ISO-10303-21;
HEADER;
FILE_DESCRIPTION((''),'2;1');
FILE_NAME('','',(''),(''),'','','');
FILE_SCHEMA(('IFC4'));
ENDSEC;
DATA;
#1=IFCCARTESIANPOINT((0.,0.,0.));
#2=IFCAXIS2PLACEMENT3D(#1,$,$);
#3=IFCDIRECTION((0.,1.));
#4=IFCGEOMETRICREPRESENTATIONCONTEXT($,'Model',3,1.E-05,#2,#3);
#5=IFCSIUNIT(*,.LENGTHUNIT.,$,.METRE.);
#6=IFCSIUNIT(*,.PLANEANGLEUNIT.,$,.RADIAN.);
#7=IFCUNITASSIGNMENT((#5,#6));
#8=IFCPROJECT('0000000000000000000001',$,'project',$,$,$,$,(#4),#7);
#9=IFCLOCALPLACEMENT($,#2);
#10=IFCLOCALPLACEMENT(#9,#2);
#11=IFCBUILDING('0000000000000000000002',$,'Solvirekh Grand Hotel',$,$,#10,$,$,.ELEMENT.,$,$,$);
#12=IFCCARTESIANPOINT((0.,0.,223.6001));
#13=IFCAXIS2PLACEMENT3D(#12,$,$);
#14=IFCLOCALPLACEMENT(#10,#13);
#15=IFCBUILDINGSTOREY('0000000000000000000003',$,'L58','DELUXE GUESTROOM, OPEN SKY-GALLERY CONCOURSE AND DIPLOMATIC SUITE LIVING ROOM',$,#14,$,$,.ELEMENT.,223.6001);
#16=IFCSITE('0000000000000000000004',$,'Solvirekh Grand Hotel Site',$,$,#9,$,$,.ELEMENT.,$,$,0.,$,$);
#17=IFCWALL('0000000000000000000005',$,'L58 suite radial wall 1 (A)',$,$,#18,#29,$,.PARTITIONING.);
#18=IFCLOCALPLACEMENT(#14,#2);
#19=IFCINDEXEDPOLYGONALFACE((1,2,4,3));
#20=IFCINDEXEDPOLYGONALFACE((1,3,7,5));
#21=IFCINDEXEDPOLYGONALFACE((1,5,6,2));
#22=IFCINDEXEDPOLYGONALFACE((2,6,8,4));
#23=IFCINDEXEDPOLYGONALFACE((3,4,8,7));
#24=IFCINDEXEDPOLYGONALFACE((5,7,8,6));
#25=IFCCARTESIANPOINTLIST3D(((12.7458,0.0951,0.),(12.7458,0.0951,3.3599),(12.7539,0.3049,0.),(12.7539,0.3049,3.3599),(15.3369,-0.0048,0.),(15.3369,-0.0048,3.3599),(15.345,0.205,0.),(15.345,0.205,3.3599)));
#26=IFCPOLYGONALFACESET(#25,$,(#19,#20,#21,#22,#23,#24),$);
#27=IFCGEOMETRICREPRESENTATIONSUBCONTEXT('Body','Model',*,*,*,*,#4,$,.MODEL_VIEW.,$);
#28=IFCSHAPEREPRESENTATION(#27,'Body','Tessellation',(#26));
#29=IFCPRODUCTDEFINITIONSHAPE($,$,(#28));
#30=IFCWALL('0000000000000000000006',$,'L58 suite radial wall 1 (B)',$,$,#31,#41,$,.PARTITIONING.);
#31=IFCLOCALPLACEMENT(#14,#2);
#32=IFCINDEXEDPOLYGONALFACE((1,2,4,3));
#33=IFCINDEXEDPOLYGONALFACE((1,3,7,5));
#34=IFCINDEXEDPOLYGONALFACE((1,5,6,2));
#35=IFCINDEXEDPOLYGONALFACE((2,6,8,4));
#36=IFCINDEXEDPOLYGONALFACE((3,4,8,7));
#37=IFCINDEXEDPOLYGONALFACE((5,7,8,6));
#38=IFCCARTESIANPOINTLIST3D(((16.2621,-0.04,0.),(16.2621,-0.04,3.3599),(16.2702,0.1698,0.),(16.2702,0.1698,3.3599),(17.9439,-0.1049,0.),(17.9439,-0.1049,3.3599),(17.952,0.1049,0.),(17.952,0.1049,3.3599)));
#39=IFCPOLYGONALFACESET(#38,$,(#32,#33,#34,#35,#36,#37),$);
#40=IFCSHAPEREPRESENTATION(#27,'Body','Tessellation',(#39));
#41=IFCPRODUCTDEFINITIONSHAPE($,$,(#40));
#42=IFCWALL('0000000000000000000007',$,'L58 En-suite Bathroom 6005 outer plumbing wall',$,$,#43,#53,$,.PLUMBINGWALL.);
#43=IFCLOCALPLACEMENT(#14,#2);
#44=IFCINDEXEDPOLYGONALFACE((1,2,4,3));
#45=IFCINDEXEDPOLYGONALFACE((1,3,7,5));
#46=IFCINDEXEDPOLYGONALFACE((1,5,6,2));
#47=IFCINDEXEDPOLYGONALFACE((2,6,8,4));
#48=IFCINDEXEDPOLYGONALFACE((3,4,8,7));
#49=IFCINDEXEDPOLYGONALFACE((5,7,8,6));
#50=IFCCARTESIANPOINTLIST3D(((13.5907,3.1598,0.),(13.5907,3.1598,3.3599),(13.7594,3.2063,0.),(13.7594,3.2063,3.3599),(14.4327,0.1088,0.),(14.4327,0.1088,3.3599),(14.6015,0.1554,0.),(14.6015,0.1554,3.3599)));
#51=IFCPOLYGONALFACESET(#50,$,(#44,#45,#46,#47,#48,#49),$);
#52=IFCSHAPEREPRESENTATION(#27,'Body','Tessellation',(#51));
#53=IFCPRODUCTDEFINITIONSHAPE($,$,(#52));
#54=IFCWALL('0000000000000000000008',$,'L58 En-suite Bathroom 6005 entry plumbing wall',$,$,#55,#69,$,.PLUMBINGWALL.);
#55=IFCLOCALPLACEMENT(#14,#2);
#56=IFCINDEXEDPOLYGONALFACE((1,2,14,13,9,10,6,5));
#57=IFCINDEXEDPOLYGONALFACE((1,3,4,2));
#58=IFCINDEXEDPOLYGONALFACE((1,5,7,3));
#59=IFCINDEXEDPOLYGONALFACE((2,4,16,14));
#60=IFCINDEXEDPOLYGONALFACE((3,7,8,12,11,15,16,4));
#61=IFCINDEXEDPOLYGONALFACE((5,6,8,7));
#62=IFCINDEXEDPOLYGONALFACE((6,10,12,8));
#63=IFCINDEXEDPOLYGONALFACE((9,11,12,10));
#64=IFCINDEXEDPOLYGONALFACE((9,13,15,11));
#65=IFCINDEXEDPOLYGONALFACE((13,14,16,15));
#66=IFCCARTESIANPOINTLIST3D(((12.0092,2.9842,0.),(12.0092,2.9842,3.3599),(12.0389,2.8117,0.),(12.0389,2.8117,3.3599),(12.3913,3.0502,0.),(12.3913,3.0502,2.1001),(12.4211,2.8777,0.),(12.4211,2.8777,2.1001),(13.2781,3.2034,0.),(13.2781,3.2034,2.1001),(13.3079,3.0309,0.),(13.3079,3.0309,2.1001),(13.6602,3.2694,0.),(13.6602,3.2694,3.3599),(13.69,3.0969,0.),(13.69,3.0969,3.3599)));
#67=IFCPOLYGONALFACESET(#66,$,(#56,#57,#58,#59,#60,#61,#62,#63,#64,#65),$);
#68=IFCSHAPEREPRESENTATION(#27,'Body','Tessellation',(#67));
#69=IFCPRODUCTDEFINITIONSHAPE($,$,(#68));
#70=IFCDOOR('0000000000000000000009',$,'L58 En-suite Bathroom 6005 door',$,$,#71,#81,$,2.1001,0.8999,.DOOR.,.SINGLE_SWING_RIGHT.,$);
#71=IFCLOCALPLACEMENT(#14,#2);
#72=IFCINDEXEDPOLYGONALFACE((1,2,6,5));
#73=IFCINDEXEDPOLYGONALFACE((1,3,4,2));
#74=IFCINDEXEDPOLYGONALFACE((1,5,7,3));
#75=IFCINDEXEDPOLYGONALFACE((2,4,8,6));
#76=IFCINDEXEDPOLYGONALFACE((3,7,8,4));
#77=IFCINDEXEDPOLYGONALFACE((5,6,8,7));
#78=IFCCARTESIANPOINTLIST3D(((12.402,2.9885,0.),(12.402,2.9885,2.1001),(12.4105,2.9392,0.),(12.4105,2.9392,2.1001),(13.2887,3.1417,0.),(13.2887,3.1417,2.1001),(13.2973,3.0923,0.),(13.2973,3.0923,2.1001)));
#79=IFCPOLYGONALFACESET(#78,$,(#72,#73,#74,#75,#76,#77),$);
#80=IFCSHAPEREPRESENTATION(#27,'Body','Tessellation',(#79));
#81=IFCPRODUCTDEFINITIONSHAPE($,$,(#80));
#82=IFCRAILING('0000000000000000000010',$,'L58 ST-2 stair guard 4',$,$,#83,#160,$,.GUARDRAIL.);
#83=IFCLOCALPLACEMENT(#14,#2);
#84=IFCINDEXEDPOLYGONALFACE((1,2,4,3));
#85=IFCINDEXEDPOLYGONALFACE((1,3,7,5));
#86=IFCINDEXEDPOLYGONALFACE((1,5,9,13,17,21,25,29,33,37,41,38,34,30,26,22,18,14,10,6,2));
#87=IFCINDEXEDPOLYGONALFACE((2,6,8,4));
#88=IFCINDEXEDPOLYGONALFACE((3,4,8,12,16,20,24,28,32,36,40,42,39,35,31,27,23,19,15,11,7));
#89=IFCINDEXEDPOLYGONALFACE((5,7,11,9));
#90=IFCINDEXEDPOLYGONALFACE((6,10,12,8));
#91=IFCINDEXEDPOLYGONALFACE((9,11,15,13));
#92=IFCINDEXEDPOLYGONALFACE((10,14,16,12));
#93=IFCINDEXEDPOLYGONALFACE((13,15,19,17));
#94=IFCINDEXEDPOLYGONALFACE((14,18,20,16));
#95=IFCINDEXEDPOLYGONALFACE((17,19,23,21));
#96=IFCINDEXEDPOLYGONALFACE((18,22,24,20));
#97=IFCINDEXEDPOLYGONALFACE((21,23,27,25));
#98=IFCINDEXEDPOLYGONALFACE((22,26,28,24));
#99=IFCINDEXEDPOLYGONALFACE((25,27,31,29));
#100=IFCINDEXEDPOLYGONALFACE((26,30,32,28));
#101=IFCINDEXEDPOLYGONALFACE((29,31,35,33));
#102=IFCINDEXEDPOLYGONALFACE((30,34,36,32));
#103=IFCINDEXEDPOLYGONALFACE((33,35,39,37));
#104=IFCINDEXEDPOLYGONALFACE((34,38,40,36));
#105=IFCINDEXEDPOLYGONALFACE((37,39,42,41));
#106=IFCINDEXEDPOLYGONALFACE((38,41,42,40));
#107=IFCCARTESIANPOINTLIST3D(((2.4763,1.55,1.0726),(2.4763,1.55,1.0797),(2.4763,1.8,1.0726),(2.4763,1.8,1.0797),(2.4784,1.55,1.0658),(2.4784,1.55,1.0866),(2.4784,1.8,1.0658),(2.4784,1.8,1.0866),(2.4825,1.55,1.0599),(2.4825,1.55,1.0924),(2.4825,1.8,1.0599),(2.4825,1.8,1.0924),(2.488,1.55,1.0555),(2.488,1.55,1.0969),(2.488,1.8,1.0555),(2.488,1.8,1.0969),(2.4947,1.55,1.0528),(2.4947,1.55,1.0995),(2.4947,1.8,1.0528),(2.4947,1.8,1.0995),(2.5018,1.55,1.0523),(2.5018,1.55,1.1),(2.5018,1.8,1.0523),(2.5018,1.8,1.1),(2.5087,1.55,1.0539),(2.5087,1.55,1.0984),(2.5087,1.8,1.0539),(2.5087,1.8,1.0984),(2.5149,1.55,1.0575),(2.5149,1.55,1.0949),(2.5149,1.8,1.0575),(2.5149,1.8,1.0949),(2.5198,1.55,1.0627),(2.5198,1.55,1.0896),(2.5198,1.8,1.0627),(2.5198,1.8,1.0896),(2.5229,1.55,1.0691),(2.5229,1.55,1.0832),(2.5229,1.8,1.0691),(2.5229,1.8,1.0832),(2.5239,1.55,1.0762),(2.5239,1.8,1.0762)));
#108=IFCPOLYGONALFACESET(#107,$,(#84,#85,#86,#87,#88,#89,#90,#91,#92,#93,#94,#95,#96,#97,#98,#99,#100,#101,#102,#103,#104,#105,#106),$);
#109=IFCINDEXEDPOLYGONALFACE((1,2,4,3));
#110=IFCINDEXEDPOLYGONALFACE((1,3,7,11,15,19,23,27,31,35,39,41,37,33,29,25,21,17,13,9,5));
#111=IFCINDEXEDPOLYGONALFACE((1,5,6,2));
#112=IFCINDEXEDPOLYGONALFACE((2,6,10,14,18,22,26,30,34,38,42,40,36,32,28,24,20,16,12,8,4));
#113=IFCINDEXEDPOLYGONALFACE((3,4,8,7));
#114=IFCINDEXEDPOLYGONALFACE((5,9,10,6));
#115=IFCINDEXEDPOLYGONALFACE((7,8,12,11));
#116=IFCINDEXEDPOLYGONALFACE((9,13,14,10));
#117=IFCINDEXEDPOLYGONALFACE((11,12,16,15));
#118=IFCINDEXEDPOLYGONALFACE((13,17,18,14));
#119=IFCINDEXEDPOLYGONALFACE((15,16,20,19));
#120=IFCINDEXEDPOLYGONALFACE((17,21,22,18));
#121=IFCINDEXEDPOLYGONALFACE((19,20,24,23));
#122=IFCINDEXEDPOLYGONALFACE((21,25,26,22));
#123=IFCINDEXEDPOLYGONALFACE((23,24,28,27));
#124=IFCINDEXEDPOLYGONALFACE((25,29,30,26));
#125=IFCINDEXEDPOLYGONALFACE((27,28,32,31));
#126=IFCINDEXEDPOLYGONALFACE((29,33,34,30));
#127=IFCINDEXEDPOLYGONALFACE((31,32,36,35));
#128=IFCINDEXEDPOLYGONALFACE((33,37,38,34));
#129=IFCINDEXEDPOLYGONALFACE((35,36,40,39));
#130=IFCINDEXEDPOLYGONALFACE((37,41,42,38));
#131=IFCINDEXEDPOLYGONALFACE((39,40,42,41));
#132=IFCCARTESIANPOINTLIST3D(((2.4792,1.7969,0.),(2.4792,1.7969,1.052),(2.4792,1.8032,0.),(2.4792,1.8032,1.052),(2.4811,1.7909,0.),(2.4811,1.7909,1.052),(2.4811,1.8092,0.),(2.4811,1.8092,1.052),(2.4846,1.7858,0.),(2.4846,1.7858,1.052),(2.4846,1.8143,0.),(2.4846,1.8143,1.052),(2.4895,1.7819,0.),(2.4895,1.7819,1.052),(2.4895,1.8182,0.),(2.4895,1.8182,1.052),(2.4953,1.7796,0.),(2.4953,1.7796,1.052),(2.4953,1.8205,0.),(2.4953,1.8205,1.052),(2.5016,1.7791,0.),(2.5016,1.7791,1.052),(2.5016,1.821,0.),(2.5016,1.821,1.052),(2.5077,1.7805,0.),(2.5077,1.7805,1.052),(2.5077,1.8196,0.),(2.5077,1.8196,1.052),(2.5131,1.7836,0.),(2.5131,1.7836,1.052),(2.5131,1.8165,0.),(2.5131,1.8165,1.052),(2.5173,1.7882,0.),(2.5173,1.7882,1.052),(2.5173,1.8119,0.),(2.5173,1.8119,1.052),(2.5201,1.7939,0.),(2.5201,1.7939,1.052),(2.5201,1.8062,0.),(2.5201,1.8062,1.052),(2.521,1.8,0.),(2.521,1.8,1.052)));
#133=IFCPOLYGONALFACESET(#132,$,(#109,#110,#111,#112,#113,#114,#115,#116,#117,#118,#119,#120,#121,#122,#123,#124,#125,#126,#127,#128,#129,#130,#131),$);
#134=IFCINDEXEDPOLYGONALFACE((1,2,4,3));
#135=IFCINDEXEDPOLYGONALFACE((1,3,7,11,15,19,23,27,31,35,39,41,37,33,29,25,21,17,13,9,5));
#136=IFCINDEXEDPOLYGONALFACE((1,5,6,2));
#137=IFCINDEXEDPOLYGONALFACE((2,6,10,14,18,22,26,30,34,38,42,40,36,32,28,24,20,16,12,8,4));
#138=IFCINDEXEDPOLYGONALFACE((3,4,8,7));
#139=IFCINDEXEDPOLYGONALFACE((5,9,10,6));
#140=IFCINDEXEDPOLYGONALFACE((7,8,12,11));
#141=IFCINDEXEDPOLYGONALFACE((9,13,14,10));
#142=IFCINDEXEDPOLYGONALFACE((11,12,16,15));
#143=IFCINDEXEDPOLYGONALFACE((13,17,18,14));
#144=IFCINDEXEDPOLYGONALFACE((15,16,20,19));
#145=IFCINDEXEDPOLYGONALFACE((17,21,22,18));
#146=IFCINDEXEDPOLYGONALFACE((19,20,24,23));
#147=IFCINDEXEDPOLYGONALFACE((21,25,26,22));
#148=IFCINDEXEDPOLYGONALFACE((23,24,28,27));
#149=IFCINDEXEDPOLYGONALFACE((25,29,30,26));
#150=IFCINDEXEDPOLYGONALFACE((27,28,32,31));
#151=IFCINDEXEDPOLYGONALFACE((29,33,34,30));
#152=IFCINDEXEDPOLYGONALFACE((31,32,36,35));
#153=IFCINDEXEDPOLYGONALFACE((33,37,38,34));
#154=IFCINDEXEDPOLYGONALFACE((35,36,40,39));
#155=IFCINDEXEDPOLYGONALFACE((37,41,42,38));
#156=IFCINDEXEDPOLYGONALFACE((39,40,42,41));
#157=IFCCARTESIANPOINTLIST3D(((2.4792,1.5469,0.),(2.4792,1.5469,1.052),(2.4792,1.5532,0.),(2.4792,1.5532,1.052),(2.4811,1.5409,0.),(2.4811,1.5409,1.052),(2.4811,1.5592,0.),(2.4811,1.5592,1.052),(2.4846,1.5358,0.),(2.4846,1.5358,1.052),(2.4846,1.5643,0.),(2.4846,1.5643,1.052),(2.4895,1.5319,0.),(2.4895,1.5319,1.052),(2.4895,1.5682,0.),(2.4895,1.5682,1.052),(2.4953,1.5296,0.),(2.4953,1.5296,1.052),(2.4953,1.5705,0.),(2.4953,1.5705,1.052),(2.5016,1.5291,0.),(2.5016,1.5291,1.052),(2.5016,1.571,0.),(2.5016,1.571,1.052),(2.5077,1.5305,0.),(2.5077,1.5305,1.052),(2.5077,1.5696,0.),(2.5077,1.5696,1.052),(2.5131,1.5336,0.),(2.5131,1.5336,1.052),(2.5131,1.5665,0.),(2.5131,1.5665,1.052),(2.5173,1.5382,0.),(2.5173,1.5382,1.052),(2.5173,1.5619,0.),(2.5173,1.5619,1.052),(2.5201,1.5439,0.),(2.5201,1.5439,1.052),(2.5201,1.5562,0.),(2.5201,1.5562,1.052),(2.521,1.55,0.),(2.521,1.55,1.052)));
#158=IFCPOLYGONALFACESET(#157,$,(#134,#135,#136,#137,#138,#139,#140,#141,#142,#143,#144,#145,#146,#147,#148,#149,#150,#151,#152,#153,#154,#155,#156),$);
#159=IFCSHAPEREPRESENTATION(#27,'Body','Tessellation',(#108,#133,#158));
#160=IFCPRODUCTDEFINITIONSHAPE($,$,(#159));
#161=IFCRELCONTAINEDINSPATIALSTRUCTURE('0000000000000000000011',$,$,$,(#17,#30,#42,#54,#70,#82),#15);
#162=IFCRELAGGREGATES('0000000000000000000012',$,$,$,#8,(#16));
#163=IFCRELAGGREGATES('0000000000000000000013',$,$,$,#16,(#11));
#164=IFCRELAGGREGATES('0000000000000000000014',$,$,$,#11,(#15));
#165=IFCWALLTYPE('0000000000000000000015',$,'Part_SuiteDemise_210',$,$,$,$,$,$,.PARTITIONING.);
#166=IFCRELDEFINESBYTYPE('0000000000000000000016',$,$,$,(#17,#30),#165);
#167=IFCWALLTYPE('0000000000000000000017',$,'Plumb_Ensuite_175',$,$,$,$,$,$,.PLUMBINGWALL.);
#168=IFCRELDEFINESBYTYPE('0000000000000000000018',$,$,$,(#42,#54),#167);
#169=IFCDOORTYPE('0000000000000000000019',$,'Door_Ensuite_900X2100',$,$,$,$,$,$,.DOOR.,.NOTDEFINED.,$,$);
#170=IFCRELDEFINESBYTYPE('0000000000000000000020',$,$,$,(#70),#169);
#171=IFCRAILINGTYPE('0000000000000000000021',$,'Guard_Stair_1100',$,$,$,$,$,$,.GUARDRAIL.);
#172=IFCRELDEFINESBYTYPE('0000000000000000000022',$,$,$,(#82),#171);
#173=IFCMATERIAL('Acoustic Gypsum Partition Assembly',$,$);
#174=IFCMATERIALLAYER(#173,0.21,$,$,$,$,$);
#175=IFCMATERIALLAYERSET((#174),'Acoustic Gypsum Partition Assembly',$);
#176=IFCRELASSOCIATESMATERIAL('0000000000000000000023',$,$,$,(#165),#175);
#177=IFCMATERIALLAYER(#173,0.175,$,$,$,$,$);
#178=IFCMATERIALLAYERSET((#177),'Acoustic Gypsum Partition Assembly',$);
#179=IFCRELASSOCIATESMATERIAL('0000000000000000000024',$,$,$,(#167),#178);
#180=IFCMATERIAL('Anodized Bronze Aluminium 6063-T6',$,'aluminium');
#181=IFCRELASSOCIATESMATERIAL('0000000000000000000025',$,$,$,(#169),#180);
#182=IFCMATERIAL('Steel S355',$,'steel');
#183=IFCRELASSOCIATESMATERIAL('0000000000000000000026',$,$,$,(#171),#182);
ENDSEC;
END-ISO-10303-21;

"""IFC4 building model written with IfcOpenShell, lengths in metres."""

from ifc_helpers import new_model, si_unit, direction, frame, frame_2d, origin, origin_2d, place, context, subcontext, project, spatial, rectangle, circle, extrude, material, layer, layer_set, type_object, element, fill, save


model = new_model("IFC4")

# Units and contexts
model_context = context("Model", 3, precision=1e-05, world=origin(), true_north=direction((0.0, 1.0)))
body_context = subcontext(model_context, "Body", "Model", "MODEL_VIEW")
ifc_project = project(units=[si_unit("LENGTHUNIT", "METRE"), si_unit("PLANEANGLEUNIT", "RADIAN")], contexts=[model_context])

# Site, building, storey
site_placement = place(None, origin())
site = spatial("IfcSite", under=ifc_project, at=site_placement, Name="Solvirekh Grand Hotel Site", CompositionType="ELEMENT", RefElevation=0.0)
building_placement = place(site_placement, origin())
building = spatial("IfcBuilding", under=site, at=building_placement, Name="Solvirekh Grand Hotel", CompositionType="ELEMENT")
storey_placement = place(building_placement, frame((0.0, 0.0, 223.6001)))
storey = spatial("IfcBuildingStorey", under=building, at=storey_placement, Name="L58", Description="DELUXE GUESTROOM, OPEN SKY-GALLERY CONCOURSE AND DIPLOMATIC SUITE LIVING ROOM", CompositionType="ELEMENT", Elevation=223.6001)

# Shared definitions
ifc_material_1 = material(Name="Anodized Bronze Aluminium 6063-T6", Category="aluminium")
ifc_material_2 = material(Name="Acoustic Gypsum Partition Assembly")

# Walls
ifc_layer_1 = layer(ifc_material_2, 0.21)
ifc_layer_set_1 = layer_set([ifc_layer_1], Name="Acoustic Gypsum Partition Assembly")
wall_type_1 = type_object("IfcWallType", Name="Part_SuiteDemise_210", PredefinedType="PARTITIONING", material=ifc_layer_set_1)
wall_1_placement = place(storey_placement, frame((12.75, 0.2, 0.0), z_axis=(0.0, 0.0, 1.0), x_axis=(0.999258, -0.038509, 0.0)))
element("IfcWall", 1, at=wall_1_placement, inside=storey, type_object=wall_type_1, Name="L58 suite radial wall 1 (A)", PredefinedType="PARTITIONING", context=body_context, shape_type="SweptSolid", body=[
    extrude(rectangle(XDim=2.593, YDim=0.21, at=frame_2d((1.2964, 0.0))), origin(), (0.0, 0.0, 1.0), 3.3599),
])
wall_2_placement = place(storey_placement, frame((16.2661, 0.0649, 0.0), z_axis=(0.0, 0.0, 1.0), x_axis=(0.999255, -0.038584, 0.0)))
element("IfcWall", 2, at=wall_2_placement, inside=storey, type_object=wall_type_1, Name="L58 suite radial wall 1 (B)", PredefinedType="PARTITIONING", context=body_context, shape_type="SweptSolid", body=[
    extrude(rectangle(XDim=1.6831, YDim=0.21, at=frame_2d((0.8416, 0.0))), origin(), (0.0, 0.0, 1.0), 3.3599),
])
ifc_layer_2 = layer(ifc_material_2, 0.175)
ifc_layer_set_2 = layer_set([ifc_layer_2], Name="Acoustic Gypsum Partition Assembly")
wall_type_2 = type_object("IfcWallType", Name="Plumb_Ensuite_175", PredefinedType="PLUMBINGWALL", material=ifc_layer_set_2)
wall_3_placement = place(storey_placement, frame((14.5171, 0.1321, 0.0), z_axis=(0.0, 0.0, 1.0), x_axis=(-0.26604, 0.963962, 0.0)))
element("IfcWall", 3, at=wall_3_placement, inside=storey, type_object=wall_type_2, Name="L58 En-suite Bathroom 6005 outer plumbing wall", PredefinedType="PLUMBINGWALL", context=body_context, shape_type="SweptSolid", body=[
    extrude(rectangle(XDim=3.165, YDim=0.175, at=frame_2d((1.5825, 0.0))), origin(), (0.0, 0.0, 1.0), 3.3599),
])

# Wall, opening, door
wall_4_placement = place(storey_placement, frame((12.0239, 2.8979, 0.0), z_axis=(0.0, 0.0, 1.0), x_axis=(0.985412, 0.170185, 0.0)))
wall_4 = element("IfcWall", 4, at=wall_4_placement, inside=storey, type_object=wall_type_2, Name="L58 En-suite Bathroom 6005 entry plumbing wall", PredefinedType="PLUMBINGWALL", context=body_context, shape_type="SweptSolid", body=[
    extrude(rectangle(XDim=1.6755, YDim=0.175, at=frame_2d((0.8379, 0.0))), origin(), (0.0, 0.0, 1.0), 3.3599),
])
opening_1_placement = place(wall_4_placement, frame((0.3879, 0.0, 0.0)))
opening_1 = element("IfcOpeningElement", 5, at=opening_1_placement, cuts=wall_4, PredefinedType="OPENING", context=body_context, shape_type="SweptSolid", body=[
    extrude(rectangle(XDim=0.8999, YDim=2.1001, at=frame_2d((0.45, 1.05))), frame((0.0, 0.0977, 0.0), z_axis=(0.0, -1.0, 0.0), x_axis=(1.0, 0.0, 0.0)), (0.0, 0.0, 1.0), 0.1951),
])
door_type_1 = type_object("IfcDoorType", Name="Door_Ensuite_900X2100", OperationType="NOTDEFINED", PredefinedType="DOOR", material=ifc_material_1)
door_1_placement = place(opening_1_placement, origin())
door_1 = element("IfcDoor", 6, at=door_1_placement, inside=storey, type_object=door_type_1, Name="L58 En-suite Bathroom 6005 door", OperationType="SINGLE_SWING_RIGHT", OverallHeight=2.1001, OverallWidth=0.8999, PredefinedType="DOOR", context=body_context, shape_type="SweptSolid", body=[
    extrude(rectangle(XDim=0.8999, YDim=2.1001, at=frame_2d((0.45, 1.05))), frame((0.0, 0.0249, 0.0), z_axis=(0.0, -1.0, 0.0), x_axis=(1.0, 0.0, 0.0)), (0.0, 0.0, 1.0), 0.05),
])
fill(opening_1, door_1)

# Railing
ifc_material_3 = material(Name="Steel S355", Category="steel")
railing_type = type_object("IfcRailingType", Name="Guard_Stair_1100", PredefinedType="GUARDRAIL", material=ifc_material_3)
railing_placement = place(storey_placement, frame((2.5, 1.8, 0.0)))
element("IfcRailing", 7, at=railing_placement, inside=storey, type_object=railing_type, Name="L58 ST-2 stair guard 4", PredefinedType="GUARDRAIL", context=body_context, shape_type="SweptSolid", body=[
    extrude(circle(Radius=0.0239, at=origin_2d()), frame((0.0, 0.0, 1.0762), z_axis=(0.0, -1.0, 0.0), x_axis=(1.0, 0.0, 0.0)), (0.0, 0.0, 1.0), 0.25),
    extrude(circle(Radius=0.021, at=origin_2d()), origin(), (0.0, 0.0, 1.0), 1.052),
    extrude(circle(Radius=0.021, at=origin_2d()), frame((0.0, -0.25, 0.0)), (0.0, 0.0, 1.0), 1.052),
])

save(model, "model.ifc")
